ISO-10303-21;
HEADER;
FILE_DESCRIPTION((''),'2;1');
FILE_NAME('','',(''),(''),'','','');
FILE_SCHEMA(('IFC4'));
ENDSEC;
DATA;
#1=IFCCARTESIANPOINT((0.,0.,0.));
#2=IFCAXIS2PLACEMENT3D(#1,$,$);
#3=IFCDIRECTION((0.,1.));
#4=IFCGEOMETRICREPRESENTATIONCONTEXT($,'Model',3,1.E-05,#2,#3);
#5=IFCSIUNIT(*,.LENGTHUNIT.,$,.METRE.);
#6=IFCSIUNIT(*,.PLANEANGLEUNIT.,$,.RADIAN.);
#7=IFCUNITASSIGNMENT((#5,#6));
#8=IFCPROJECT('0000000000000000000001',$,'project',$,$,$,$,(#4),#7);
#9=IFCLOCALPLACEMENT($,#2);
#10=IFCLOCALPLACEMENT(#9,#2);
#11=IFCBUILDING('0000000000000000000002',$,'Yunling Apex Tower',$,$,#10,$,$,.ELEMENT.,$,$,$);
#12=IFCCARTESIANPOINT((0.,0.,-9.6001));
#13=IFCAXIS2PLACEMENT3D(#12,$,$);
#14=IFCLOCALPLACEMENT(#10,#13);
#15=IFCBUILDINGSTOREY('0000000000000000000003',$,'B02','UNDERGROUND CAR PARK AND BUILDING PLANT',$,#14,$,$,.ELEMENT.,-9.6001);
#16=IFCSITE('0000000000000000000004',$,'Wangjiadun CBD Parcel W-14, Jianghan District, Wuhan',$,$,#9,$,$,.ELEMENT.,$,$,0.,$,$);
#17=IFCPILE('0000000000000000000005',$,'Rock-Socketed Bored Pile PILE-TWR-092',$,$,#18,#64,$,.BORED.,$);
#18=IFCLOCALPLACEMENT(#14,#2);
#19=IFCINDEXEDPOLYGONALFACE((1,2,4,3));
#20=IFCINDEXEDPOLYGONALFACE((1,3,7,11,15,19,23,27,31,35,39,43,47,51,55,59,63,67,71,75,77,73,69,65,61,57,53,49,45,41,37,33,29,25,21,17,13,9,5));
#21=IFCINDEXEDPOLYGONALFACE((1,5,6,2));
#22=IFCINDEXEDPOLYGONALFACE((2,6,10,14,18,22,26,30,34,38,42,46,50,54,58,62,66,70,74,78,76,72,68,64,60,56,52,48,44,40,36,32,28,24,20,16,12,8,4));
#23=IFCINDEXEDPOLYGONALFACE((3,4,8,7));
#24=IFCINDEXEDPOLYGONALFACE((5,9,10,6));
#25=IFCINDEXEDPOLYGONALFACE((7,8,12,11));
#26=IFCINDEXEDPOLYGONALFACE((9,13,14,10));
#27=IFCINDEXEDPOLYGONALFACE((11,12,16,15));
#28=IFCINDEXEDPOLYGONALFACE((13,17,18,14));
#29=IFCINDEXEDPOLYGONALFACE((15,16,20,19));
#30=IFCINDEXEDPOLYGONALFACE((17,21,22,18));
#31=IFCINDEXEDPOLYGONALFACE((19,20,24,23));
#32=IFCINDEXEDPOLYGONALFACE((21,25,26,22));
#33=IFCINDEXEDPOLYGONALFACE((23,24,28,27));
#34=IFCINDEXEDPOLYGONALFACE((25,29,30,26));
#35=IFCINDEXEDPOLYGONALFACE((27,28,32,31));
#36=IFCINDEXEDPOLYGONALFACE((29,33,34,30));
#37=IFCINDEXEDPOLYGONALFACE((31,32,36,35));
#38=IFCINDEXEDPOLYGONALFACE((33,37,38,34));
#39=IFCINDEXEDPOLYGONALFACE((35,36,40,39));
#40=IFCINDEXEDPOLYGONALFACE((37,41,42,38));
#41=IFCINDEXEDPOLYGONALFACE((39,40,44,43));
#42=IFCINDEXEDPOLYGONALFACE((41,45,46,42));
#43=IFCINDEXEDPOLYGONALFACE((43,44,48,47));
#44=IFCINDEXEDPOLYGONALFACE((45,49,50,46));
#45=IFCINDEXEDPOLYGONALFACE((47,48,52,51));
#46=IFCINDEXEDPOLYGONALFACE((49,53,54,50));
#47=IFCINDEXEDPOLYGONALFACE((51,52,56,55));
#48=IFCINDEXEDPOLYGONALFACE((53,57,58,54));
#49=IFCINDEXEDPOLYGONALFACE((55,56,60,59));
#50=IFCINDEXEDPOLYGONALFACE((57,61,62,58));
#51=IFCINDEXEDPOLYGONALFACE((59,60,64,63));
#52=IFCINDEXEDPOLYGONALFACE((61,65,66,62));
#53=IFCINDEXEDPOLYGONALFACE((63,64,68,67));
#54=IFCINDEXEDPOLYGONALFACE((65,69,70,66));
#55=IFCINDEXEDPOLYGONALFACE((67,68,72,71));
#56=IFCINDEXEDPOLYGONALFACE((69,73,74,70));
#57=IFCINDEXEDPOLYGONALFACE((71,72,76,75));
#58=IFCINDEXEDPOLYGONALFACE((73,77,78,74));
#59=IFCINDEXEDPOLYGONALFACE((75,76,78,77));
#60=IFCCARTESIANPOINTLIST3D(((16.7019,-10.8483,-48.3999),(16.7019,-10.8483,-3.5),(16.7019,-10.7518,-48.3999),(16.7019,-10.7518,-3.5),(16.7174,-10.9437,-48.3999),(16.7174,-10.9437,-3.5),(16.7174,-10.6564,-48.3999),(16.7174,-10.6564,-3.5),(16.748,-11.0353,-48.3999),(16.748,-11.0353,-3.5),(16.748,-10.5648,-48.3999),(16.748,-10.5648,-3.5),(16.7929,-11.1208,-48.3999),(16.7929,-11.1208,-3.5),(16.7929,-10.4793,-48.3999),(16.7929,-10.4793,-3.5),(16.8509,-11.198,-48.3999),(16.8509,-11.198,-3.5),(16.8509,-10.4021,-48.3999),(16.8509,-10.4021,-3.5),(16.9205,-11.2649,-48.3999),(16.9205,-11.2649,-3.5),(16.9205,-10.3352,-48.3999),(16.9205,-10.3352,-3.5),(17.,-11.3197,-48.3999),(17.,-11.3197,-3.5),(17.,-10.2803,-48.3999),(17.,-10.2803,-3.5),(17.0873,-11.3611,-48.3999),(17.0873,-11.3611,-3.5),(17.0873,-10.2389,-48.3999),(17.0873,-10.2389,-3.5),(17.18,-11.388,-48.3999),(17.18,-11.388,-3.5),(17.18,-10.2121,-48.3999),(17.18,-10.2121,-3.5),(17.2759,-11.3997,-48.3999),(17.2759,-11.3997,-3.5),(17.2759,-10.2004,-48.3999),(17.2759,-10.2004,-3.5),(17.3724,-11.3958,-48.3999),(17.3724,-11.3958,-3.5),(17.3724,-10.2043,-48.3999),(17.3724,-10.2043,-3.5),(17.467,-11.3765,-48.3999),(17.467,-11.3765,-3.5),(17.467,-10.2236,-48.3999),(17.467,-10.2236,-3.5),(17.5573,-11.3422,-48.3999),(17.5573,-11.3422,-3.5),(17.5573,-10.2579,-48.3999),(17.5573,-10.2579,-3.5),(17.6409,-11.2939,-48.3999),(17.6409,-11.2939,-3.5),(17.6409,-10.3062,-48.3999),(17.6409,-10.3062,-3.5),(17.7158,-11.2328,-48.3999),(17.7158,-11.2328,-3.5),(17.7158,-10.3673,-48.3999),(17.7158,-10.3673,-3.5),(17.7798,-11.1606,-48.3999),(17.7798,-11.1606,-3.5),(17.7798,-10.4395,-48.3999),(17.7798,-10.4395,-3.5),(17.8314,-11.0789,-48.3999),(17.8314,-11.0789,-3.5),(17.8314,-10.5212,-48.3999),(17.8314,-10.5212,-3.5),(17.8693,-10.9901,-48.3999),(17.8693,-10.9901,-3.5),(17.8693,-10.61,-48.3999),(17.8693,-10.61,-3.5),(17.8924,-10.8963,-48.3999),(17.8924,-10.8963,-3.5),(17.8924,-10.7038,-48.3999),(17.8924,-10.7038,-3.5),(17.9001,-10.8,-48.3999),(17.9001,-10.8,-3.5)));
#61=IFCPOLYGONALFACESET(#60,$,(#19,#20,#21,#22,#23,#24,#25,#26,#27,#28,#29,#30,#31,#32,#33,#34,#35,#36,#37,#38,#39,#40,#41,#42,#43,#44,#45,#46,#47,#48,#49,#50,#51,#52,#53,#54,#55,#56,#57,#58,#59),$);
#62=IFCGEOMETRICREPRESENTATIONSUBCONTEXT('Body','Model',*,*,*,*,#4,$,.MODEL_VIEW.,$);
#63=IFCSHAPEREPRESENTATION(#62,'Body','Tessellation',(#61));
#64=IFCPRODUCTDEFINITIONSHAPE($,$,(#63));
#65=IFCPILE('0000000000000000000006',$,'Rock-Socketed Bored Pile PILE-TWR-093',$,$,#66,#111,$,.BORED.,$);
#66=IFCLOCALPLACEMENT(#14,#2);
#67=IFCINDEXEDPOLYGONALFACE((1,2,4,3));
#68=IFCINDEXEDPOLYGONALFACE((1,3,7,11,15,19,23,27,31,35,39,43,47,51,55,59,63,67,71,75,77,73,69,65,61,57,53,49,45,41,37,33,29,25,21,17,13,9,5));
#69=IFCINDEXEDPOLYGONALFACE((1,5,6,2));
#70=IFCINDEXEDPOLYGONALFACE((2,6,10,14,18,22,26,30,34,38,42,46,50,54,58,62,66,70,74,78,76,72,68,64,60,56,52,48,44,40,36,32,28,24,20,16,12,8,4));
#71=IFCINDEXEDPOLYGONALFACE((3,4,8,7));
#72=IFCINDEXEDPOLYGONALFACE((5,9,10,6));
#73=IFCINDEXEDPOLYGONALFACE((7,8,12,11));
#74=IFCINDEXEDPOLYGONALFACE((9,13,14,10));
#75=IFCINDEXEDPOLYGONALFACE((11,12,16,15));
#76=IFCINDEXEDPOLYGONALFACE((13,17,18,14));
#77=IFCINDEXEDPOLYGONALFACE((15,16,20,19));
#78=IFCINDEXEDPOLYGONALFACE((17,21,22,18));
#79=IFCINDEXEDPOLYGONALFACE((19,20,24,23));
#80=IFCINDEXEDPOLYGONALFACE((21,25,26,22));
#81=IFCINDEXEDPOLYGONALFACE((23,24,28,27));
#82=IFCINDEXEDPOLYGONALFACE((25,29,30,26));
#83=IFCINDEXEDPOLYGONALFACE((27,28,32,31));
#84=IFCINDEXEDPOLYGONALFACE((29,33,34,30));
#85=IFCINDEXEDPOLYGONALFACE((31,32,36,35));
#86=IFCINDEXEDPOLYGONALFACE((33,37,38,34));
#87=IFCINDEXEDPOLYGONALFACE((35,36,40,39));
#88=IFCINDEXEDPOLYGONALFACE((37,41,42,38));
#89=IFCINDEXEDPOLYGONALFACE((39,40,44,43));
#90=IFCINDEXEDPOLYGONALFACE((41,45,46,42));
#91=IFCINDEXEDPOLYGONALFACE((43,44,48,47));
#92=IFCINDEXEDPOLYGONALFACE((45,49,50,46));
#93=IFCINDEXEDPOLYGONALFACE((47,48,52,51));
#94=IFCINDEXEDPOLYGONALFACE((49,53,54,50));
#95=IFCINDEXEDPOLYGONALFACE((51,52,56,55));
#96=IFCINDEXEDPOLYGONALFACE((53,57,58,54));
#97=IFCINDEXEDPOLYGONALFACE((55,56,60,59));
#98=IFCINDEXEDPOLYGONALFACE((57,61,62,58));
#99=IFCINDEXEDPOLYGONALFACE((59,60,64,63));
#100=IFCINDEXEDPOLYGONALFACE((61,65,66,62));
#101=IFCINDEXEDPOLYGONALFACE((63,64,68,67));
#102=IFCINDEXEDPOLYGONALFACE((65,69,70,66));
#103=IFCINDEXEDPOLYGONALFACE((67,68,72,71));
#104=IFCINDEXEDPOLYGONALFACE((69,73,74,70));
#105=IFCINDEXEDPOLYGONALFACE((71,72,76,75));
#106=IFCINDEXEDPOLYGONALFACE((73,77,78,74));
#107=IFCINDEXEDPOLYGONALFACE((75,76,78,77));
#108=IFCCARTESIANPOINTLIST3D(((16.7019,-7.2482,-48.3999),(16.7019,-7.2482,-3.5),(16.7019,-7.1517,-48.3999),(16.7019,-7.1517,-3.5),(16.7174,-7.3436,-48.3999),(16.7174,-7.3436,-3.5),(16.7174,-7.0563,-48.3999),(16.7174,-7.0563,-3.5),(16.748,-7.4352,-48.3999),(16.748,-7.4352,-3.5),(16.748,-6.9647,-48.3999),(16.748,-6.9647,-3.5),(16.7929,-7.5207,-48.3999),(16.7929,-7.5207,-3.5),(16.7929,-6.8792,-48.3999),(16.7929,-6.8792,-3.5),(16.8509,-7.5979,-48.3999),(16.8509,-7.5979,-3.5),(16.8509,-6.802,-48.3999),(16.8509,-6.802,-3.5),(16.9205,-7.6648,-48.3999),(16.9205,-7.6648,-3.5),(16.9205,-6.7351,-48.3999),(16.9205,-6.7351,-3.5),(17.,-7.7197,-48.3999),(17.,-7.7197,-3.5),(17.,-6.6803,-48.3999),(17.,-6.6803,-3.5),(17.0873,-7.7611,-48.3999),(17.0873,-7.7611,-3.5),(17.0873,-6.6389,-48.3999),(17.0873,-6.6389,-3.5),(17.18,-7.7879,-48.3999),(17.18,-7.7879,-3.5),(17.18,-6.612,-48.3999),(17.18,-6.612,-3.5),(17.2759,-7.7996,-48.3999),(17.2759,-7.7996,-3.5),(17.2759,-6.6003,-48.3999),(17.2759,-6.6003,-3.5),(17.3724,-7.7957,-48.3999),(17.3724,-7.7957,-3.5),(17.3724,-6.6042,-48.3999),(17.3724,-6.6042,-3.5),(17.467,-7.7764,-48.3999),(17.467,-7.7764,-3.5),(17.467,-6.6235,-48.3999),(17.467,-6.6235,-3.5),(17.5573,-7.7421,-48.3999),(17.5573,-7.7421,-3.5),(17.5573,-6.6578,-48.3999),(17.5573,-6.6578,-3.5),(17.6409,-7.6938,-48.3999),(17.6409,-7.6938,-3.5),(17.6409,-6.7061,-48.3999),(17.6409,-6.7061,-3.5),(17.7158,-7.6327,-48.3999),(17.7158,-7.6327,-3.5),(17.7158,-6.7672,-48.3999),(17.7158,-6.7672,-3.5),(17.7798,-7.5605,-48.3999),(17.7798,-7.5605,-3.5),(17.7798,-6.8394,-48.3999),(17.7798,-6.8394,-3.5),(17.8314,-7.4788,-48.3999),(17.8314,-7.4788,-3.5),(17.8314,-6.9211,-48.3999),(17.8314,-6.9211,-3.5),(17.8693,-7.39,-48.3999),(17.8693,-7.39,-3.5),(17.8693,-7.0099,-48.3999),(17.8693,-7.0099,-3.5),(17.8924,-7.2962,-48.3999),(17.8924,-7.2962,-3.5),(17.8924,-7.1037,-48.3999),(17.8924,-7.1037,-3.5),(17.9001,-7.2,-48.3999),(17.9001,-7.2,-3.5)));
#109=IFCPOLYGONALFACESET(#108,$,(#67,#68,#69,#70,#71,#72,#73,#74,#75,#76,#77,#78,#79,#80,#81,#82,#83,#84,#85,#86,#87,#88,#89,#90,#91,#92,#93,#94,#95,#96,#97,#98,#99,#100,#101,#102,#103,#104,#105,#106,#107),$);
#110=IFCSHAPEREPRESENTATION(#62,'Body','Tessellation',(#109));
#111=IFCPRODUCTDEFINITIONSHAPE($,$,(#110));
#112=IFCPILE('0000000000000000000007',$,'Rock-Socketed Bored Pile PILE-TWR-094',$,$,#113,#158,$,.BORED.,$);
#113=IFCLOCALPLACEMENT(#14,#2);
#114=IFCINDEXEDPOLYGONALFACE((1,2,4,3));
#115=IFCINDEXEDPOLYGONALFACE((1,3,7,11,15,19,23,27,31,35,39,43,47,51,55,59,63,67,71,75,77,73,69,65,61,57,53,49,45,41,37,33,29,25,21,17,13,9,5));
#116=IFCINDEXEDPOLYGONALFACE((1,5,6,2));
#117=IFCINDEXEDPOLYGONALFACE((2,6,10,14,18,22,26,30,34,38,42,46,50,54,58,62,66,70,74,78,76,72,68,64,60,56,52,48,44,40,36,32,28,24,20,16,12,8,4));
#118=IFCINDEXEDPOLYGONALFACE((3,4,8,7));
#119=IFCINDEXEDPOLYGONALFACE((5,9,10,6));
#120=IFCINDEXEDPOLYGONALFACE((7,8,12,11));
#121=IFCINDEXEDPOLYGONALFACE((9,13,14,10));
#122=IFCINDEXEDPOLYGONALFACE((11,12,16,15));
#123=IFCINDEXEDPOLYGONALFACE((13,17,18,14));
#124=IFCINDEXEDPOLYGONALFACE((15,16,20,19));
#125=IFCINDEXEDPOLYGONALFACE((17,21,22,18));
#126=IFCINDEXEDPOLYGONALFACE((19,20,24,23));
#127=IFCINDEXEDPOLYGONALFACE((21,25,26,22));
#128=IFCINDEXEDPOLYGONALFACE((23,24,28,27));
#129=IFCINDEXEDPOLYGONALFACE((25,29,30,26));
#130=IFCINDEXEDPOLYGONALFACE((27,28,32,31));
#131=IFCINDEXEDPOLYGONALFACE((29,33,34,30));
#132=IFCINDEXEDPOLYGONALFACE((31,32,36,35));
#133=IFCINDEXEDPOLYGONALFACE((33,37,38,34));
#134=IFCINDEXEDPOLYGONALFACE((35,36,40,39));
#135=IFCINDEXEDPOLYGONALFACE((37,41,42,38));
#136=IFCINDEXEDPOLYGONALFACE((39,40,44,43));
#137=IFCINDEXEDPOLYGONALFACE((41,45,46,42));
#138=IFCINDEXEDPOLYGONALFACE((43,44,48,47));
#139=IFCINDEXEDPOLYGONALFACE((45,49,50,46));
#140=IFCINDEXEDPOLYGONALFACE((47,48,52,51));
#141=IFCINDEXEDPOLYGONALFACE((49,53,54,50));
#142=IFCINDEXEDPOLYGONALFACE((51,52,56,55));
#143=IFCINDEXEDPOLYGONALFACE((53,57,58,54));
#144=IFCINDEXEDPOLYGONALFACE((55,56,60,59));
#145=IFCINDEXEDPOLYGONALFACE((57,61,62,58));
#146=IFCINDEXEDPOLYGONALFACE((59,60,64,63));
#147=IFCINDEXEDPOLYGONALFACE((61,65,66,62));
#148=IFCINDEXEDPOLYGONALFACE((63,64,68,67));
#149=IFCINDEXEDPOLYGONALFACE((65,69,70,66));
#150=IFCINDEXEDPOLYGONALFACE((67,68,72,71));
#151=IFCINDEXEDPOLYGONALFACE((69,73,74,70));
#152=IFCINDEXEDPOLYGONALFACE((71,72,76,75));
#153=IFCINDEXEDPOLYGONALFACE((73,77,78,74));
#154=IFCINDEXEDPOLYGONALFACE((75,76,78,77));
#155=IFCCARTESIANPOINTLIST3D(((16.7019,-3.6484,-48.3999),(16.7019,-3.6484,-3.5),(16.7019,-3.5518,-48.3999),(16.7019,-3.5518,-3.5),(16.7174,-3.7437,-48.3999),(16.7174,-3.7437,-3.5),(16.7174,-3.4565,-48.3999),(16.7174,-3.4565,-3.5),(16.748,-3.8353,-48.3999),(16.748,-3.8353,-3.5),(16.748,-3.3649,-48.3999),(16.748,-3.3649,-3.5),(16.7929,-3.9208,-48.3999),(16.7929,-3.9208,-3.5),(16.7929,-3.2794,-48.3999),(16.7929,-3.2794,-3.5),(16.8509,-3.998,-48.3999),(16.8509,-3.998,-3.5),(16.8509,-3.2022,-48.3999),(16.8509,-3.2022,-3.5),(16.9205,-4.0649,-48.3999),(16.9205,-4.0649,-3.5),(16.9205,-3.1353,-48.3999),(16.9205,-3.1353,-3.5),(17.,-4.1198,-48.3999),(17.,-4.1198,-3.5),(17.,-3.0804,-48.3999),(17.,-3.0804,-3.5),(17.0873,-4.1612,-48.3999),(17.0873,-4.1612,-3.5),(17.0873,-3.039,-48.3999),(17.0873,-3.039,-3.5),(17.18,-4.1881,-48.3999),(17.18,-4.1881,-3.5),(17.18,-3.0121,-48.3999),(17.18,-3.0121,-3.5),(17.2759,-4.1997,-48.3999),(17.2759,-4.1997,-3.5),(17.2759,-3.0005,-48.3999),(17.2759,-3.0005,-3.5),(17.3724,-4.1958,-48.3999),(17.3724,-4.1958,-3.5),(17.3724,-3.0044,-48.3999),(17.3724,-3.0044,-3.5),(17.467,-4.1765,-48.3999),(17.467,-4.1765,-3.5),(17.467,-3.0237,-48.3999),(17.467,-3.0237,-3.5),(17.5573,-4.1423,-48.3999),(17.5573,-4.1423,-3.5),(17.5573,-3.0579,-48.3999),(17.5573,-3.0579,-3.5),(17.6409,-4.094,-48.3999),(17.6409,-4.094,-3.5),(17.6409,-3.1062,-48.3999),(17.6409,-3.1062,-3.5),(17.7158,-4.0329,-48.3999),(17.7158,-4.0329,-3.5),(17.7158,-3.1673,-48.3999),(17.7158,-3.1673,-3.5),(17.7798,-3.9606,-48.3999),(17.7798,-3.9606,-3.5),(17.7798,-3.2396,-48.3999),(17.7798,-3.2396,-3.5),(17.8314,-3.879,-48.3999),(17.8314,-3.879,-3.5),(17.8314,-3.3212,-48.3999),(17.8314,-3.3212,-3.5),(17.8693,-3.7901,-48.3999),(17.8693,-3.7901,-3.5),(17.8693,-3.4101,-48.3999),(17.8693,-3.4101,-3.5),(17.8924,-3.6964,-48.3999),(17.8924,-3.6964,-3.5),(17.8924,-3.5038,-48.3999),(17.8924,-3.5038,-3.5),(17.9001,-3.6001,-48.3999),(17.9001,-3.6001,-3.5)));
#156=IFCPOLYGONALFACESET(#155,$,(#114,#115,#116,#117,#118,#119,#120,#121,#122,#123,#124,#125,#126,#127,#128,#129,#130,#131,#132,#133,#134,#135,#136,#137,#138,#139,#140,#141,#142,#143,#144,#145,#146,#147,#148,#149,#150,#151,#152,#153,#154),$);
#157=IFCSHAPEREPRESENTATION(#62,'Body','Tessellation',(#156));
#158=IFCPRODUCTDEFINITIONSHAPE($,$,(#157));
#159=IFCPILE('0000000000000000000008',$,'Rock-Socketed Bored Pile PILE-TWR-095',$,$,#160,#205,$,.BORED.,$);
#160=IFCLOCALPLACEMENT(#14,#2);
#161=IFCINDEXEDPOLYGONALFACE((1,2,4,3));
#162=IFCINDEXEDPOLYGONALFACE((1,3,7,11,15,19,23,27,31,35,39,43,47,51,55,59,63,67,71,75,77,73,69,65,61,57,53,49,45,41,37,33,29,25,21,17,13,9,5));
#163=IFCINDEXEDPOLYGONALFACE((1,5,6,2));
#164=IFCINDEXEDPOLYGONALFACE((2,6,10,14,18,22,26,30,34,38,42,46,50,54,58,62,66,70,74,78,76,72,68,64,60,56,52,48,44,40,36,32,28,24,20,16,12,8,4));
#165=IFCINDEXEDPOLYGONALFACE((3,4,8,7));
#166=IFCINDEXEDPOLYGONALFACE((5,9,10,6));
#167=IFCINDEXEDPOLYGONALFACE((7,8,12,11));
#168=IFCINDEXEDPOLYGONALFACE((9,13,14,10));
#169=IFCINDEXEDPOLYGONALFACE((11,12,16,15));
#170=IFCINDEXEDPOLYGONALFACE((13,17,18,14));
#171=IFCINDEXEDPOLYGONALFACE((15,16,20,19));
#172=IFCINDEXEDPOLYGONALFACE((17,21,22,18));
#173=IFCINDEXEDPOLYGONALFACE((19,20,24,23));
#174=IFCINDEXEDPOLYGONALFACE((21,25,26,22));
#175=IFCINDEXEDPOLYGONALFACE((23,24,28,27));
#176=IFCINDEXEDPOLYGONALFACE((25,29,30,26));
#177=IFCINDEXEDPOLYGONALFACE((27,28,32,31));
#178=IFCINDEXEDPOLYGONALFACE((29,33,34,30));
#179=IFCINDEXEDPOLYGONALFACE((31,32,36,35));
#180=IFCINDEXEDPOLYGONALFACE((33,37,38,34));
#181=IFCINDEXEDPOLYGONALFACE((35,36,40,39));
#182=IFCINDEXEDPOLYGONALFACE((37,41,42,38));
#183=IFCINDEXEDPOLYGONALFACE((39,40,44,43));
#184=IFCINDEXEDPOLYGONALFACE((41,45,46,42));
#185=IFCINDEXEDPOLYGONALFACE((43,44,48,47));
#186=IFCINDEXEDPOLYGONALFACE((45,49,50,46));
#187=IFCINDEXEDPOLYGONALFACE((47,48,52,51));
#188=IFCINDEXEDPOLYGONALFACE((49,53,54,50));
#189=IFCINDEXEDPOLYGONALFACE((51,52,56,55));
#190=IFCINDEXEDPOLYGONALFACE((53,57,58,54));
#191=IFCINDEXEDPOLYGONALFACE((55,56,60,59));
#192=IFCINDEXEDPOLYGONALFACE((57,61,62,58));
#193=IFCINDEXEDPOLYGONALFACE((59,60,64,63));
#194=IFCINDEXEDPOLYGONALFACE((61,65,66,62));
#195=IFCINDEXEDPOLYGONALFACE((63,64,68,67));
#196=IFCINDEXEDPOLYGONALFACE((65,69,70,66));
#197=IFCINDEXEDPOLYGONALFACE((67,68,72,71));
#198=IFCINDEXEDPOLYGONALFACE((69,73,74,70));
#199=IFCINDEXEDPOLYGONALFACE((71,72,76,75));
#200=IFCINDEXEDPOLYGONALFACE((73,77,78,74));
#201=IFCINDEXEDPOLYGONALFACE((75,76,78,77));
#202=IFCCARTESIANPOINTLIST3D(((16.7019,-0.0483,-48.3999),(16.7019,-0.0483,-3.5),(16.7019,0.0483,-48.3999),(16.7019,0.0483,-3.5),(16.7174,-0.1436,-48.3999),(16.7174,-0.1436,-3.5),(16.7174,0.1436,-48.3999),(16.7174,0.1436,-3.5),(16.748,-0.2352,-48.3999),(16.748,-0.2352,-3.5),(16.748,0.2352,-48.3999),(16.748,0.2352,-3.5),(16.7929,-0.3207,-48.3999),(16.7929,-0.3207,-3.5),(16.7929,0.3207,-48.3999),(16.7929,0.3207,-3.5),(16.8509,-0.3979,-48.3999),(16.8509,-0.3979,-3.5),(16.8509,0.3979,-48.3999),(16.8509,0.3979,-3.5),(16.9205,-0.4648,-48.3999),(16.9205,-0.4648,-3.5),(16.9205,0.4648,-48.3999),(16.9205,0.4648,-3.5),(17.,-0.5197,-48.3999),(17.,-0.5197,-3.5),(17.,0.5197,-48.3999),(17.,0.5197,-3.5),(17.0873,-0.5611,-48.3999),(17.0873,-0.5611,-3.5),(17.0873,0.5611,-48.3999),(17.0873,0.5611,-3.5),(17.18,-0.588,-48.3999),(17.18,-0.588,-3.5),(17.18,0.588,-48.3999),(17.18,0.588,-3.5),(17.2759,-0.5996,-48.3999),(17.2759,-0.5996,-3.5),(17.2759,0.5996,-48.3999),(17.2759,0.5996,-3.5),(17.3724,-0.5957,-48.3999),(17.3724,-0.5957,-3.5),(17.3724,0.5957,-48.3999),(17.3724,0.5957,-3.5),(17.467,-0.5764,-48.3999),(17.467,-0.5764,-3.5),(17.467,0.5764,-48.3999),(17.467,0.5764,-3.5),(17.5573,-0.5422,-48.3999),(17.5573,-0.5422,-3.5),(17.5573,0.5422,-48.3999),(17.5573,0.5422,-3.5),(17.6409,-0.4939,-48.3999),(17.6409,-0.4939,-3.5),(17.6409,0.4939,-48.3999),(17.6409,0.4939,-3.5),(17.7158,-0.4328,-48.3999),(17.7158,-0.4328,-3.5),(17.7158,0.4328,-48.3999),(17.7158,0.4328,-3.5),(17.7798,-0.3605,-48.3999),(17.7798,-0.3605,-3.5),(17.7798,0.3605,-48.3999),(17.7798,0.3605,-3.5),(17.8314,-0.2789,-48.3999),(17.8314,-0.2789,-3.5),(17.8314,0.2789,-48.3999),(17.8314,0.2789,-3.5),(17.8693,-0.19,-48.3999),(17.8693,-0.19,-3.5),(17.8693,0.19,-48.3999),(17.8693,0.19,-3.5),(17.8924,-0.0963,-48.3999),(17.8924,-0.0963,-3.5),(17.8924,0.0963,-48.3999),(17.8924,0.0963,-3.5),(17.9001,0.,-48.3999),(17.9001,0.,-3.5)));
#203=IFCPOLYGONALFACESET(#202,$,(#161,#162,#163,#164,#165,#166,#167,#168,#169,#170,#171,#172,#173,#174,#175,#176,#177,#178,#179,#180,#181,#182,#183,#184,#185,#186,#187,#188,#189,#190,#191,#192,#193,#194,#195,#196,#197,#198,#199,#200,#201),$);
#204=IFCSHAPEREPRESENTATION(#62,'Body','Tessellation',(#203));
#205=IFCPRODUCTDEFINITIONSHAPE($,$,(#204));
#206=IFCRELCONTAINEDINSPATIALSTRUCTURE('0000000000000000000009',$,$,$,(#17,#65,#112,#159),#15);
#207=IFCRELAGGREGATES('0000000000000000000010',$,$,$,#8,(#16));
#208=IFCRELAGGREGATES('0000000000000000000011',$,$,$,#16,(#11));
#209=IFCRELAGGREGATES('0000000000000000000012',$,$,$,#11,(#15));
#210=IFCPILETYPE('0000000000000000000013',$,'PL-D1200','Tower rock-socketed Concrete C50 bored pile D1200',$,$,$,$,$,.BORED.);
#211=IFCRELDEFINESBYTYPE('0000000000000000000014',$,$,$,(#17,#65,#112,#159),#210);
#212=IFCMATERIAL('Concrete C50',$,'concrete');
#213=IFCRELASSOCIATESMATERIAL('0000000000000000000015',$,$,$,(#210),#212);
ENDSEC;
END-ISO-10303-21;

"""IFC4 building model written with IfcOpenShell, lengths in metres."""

from ifc_helpers import new_model, si_unit, direction, frame, origin, origin_2d, place, context, subcontext, project, spatial, circle, extrude, source, transform, mapped, material, material_profile, profile_set, type_object, element, save


model = new_model("IFC4")

# Units and contexts
model_context = context("Model", 3, precision=1e-05, world=origin(), true_north=direction((0.0, 1.0)))
body_context = subcontext(model_context, "Body", "Model", "MODEL_VIEW")
ifc_project = project(units=[si_unit("LENGTHUNIT", "METRE"), si_unit("PLANEANGLEUNIT", "RADIAN")], contexts=[model_context])

# Site, building, storey
site_placement = place(None, origin())
site = spatial("IfcSite", under=ifc_project, at=site_placement, Name="Wangjiadun CBD Parcel W-14, Jianghan District, Wuhan", CompositionType="ELEMENT", RefElevation=0.0)
building_placement = place(site_placement, origin())
building = spatial("IfcBuilding", under=site, at=building_placement, Name="Yunling Apex Tower", CompositionType="ELEMENT")
storey_placement = place(building_placement, frame((0.0, 0.0, -9.6001)))
storey = spatial("IfcBuildingStorey", under=building, at=storey_placement, Name="B02", Description="UNDERGROUND CAR PARK AND BUILDING PLANT", CompositionType="ELEMENT", Elevation=-9.6001)

# Shared definitions
ifc_material_1 = material(Name="Concrete C50", Category="concrete")

# Piles
ifc_material_profile_1 = material_profile(ifc_material_1, circle(Radius=0.6001, at=origin_2d()))
ifc_profile_set_1 = profile_set([ifc_material_profile_1], Name="Concrete C50")
pile_type_1 = type_object("IfcPileType", Name="PL-D1200", Description="Tower rock-socketed Concrete C50 bored pile D1200", PredefinedType="BORED", material=ifc_profile_set_1)
shared_shape_1 = source(origin(), body_context, "Body", "SweptSolid", [
    extrude(circle(Radius=0.6001, at=origin_2d()), origin(), (0.0, 0.0, 1.0), 44.8999),
])
for number, where, z_axis, x_axis, name in (
    (1, (17.3, -10.8, -3.5), (0.0, 0.0, -1.0), (1.0, 0.0, 0.0), "Rock-Socketed Bored Pile PILE-TWR-092"),
    (2, (17.3, -7.2, -3.5), (0.0, 0.0, -1.0), (1.0, 0.0, 0.0), "Rock-Socketed Bored Pile PILE-TWR-093"),
    (3, (17.3, -3.6001, -3.5), (0.0, 0.0, -1.0), (1.0, 0.0, 0.0), "Rock-Socketed Bored Pile PILE-TWR-094"),
    (4, (17.3, 0.0, -3.5), (0.0, 0.0, -1.0), (1.0, 0.0, 0.0), "Rock-Socketed Bored Pile PILE-TWR-095"),
):
    element("IfcPile", number, at=place(storey_placement, frame(where, z_axis=z_axis, x_axis=x_axis)), inside=storey, type_object=pile_type_1, Name=name, PredefinedType="BORED", context=body_context, shape_type="MappedRepresentation", body=[
        mapped(shared_shape_1, transform((0.0, 0.0, 0.0), scale=1.0)),
    ])

save(model, "model.ifc")
